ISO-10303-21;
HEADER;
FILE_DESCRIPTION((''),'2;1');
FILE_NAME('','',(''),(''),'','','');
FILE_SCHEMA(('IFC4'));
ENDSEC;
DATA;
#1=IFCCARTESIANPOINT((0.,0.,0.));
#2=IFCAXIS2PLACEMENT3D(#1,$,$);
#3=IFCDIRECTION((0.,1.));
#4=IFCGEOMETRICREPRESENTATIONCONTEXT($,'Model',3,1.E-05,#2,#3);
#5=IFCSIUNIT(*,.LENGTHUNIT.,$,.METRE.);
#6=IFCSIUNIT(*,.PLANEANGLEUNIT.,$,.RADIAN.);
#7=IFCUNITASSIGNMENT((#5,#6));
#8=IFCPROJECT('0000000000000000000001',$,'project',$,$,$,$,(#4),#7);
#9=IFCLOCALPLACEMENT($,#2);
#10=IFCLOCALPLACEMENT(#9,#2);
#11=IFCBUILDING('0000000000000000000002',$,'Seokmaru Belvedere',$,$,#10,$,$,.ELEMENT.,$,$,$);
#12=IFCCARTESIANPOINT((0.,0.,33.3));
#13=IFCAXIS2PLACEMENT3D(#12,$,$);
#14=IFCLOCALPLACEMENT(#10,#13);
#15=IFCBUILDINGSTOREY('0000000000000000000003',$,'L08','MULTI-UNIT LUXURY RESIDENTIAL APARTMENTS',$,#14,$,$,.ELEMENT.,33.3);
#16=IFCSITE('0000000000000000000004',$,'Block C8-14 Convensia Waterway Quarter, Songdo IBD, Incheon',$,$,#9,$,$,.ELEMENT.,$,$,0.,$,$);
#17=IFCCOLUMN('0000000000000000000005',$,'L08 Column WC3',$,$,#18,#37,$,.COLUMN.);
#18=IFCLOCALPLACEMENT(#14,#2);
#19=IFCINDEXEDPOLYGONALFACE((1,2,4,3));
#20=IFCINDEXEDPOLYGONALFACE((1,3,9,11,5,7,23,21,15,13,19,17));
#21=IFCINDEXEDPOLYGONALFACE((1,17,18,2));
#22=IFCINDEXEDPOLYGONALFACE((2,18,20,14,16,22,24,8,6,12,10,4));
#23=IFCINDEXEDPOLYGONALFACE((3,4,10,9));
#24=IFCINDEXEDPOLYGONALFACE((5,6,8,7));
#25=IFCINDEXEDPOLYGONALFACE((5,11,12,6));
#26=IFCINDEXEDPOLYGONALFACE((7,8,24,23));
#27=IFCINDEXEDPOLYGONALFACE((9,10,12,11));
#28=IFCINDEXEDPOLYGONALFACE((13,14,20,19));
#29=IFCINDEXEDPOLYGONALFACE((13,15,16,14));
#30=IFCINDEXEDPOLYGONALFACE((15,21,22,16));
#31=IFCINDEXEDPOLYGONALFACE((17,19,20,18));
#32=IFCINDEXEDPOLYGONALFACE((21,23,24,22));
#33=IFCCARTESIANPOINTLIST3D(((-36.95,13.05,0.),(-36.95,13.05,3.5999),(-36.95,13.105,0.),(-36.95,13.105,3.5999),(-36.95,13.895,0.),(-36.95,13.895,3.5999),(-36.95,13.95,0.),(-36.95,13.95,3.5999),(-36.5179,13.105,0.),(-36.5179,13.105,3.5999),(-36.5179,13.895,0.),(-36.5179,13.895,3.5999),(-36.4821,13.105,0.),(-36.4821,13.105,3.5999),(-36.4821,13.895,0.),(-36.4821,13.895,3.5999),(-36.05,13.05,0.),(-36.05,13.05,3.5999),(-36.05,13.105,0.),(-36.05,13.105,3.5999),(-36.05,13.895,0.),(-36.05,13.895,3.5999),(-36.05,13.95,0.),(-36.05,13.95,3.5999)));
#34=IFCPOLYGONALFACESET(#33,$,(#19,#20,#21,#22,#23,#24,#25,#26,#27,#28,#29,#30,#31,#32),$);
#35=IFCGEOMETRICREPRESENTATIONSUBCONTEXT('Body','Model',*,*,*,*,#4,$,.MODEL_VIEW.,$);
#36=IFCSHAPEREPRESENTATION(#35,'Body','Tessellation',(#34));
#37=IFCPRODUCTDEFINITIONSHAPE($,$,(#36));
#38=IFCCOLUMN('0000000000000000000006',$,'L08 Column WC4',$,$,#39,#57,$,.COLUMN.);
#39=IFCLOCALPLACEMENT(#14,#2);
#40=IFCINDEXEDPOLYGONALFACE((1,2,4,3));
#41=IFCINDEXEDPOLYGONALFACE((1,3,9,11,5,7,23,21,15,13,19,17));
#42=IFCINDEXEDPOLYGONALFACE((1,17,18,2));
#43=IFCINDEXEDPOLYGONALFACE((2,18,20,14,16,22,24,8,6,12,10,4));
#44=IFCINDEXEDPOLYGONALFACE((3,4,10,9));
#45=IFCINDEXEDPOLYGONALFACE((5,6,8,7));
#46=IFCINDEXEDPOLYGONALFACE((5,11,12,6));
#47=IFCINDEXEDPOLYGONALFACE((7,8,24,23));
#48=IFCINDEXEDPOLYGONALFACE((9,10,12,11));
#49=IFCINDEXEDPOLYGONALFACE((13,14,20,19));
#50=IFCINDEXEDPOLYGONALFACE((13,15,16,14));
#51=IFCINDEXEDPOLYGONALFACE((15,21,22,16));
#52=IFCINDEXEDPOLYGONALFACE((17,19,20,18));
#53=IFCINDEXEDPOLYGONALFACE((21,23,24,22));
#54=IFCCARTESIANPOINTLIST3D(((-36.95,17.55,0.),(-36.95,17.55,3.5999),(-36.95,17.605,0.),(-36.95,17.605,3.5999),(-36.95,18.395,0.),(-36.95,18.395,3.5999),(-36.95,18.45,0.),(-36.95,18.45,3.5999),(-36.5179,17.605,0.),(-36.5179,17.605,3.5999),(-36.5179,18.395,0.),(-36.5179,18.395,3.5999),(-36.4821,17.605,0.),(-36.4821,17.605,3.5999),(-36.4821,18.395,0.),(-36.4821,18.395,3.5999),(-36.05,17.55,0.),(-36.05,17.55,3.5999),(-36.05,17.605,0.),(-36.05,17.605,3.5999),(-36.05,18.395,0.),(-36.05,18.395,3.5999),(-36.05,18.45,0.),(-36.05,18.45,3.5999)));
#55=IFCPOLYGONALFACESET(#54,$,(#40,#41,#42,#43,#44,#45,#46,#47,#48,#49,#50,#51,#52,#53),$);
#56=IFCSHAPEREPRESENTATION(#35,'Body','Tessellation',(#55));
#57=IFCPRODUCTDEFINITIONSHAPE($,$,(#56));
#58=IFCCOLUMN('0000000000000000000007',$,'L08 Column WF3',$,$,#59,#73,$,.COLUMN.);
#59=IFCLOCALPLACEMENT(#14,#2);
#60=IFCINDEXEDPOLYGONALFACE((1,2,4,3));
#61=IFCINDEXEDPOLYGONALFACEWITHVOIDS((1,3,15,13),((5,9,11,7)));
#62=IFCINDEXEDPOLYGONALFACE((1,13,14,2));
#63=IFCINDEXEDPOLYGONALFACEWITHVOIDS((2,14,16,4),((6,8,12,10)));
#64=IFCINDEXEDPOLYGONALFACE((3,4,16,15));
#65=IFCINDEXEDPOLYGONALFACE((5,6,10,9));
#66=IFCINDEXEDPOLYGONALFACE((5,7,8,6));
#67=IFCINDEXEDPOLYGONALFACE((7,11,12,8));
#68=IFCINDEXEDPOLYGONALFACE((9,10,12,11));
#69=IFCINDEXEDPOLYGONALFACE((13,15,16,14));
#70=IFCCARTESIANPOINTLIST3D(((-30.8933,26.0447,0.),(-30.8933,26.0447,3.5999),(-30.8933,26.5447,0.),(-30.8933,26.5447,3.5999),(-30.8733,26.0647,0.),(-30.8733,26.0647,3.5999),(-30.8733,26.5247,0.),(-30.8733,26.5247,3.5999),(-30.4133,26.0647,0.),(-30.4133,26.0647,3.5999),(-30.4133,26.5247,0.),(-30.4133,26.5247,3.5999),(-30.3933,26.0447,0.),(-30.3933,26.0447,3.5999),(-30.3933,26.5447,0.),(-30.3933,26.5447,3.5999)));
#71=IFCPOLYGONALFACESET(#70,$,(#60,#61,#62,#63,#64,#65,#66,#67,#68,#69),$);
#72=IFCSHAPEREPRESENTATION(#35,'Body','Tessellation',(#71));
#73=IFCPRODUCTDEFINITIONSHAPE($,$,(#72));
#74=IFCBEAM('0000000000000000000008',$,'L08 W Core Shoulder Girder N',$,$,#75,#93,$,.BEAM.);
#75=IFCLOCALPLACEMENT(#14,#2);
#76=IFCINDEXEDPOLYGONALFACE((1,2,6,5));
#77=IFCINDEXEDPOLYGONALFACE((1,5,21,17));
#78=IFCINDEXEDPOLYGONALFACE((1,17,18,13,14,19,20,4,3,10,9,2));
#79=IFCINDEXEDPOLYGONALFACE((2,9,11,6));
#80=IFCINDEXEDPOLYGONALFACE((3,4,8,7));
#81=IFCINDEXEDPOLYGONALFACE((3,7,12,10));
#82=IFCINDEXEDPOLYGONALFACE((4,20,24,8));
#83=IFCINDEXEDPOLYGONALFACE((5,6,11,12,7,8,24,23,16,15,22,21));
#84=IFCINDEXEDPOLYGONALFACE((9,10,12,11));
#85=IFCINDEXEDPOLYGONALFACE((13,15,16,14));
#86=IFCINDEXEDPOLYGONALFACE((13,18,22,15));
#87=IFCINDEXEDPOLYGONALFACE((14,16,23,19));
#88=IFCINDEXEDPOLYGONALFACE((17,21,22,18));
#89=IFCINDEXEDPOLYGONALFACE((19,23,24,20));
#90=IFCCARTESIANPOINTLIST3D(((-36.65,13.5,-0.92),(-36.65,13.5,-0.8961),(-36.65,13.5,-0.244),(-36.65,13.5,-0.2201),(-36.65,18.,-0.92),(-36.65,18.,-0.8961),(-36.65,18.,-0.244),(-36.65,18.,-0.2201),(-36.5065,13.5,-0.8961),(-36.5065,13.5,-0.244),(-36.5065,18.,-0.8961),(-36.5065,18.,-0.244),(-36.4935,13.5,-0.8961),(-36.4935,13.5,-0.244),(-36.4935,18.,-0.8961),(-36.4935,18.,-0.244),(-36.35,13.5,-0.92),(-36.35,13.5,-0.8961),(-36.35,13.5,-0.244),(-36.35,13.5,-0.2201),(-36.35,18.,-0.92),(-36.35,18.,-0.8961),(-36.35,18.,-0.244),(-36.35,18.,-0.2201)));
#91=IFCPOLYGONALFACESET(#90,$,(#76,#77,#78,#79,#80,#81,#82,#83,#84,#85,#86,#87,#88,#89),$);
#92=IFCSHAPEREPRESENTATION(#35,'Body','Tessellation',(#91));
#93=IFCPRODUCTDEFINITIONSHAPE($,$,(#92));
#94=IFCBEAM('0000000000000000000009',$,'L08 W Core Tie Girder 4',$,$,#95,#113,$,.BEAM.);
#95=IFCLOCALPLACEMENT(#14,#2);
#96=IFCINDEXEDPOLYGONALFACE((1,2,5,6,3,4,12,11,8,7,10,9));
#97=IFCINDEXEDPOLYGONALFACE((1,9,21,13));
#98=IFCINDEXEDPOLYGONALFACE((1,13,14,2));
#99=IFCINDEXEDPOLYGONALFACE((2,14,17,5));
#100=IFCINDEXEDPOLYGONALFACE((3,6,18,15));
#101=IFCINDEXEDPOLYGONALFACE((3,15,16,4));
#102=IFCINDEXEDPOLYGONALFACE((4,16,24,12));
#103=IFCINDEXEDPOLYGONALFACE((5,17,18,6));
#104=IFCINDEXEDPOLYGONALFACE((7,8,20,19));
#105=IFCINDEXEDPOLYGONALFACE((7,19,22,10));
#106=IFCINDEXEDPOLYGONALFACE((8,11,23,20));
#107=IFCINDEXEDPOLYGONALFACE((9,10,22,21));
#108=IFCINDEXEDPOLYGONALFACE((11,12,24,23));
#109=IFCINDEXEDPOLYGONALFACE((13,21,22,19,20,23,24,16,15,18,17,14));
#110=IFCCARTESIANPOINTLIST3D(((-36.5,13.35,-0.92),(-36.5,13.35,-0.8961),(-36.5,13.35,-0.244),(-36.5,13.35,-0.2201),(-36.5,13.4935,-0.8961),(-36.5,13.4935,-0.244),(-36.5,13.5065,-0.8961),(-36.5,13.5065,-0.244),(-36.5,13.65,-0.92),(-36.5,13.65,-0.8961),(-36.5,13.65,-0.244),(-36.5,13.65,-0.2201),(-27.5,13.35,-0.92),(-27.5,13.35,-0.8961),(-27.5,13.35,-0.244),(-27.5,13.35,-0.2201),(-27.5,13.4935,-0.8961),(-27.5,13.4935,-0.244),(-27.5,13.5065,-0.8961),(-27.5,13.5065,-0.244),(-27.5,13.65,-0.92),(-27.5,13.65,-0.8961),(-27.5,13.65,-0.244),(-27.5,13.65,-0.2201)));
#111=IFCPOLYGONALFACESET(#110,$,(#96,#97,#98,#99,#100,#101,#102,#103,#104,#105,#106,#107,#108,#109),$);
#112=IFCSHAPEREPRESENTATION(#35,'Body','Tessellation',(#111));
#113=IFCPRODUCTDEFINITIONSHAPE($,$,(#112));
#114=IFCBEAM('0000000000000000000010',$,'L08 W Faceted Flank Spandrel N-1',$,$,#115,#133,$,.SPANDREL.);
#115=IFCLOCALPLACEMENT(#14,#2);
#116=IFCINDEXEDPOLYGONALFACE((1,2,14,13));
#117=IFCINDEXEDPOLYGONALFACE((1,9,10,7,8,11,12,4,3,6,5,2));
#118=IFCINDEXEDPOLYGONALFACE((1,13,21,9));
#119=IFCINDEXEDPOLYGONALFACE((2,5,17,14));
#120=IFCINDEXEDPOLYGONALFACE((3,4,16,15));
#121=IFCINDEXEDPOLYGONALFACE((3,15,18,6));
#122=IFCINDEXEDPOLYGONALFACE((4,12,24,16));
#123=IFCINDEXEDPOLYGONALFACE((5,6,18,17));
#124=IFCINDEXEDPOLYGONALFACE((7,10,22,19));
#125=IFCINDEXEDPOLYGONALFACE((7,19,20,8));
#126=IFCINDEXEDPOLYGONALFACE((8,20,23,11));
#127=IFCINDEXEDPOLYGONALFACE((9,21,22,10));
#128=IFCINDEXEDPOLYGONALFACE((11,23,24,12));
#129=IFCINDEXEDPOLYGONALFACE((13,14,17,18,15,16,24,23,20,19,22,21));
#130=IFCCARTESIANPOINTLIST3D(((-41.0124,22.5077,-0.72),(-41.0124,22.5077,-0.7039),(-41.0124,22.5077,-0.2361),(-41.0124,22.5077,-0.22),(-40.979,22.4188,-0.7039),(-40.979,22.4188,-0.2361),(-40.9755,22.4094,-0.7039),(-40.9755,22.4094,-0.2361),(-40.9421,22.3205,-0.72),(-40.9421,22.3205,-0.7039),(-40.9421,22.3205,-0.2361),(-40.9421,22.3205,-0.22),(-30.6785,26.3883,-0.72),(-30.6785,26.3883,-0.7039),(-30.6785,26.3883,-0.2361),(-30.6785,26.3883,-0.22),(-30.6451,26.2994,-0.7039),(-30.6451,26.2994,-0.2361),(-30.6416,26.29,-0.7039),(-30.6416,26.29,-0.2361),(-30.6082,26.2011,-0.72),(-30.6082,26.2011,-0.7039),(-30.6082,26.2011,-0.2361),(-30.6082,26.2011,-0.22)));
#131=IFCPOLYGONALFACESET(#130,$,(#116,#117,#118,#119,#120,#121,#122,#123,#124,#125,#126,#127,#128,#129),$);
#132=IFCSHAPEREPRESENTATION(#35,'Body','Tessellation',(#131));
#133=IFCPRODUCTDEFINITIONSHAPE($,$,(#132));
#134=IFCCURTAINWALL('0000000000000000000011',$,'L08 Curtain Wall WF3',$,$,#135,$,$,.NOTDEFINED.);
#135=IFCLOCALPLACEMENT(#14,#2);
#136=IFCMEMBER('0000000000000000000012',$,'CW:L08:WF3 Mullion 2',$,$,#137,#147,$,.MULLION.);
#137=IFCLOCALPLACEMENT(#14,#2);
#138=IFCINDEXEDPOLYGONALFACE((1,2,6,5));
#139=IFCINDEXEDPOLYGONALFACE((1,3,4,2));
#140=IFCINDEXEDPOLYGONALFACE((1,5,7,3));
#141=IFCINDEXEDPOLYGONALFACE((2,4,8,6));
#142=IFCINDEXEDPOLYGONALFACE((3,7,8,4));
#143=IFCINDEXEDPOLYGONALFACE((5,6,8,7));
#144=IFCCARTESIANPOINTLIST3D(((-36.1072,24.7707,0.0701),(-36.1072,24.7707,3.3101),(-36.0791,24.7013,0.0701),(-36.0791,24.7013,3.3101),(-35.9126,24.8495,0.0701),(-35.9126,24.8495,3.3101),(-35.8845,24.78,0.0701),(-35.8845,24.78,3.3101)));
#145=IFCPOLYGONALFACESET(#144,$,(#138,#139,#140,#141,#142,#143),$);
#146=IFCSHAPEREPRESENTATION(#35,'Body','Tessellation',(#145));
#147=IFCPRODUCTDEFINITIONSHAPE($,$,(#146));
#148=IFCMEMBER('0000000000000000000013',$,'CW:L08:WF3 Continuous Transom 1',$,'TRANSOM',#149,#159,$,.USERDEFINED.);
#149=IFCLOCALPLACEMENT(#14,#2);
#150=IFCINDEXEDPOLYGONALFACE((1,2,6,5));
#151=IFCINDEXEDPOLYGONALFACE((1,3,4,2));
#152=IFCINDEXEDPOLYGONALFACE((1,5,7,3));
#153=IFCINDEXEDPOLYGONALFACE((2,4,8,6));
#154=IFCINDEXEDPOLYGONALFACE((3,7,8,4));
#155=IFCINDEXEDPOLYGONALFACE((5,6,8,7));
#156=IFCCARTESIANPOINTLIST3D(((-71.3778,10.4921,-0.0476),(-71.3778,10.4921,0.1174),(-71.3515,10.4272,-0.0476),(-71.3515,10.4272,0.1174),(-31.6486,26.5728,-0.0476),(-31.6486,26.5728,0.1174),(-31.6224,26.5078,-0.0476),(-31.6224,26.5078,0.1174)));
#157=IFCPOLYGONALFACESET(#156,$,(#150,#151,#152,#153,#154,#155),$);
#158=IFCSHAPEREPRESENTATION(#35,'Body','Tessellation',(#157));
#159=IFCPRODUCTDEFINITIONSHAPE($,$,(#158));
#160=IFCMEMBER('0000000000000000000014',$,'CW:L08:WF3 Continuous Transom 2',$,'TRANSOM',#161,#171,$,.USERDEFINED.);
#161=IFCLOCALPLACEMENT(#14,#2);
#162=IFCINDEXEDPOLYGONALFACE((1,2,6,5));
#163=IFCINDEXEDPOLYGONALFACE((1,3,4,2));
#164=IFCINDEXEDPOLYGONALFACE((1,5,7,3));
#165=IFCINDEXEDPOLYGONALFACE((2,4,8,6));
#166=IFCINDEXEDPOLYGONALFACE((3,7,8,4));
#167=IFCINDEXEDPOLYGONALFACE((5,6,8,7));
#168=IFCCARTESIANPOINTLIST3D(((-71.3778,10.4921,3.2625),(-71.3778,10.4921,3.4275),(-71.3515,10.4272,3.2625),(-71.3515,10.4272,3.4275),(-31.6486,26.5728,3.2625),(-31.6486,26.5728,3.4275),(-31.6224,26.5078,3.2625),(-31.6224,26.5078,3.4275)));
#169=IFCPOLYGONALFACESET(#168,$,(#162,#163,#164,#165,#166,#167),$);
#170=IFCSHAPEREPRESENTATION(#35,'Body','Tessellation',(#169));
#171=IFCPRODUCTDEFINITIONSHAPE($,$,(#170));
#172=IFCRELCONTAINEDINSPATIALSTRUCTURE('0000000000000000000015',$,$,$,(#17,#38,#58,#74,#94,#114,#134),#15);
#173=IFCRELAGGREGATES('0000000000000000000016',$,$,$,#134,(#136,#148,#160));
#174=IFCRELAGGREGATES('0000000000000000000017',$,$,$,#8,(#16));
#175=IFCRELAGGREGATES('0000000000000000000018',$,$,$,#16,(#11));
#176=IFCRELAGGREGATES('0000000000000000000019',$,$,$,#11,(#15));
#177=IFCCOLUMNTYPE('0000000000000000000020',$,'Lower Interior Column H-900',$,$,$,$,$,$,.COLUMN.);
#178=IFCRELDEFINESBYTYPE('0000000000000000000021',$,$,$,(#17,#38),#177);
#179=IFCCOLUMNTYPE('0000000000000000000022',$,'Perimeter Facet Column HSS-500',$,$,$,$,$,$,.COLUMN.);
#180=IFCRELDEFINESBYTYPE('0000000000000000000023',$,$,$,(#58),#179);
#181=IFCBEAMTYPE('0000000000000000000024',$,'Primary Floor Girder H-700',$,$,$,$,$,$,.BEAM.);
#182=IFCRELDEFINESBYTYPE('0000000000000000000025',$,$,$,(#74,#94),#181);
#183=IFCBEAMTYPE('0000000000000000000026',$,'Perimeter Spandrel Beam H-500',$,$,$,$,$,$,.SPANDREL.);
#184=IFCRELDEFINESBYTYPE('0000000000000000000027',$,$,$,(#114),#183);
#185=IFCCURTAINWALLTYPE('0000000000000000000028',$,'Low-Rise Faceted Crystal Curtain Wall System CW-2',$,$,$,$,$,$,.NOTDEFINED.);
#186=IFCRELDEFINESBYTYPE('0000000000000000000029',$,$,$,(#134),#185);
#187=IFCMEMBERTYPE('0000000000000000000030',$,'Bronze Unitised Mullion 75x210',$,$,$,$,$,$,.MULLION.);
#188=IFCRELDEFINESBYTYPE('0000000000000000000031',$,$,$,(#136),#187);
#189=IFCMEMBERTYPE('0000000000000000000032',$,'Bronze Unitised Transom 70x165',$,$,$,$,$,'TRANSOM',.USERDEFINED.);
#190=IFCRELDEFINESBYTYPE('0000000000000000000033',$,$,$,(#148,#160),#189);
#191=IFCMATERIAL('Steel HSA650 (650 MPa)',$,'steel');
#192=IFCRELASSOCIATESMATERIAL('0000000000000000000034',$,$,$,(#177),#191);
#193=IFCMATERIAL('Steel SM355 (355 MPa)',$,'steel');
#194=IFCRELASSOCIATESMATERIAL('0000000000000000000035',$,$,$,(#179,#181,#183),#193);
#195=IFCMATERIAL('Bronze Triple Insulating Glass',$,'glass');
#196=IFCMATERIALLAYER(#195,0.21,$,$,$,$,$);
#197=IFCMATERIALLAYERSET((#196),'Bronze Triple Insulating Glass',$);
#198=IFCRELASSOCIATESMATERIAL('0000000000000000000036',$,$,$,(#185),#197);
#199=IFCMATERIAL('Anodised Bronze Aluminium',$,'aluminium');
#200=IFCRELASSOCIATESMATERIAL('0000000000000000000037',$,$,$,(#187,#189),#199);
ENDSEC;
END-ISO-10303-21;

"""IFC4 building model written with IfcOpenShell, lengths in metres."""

from ifc_helpers import new_model, si_unit, direction, frame, origin, origin_2d, place, context, subcontext, project, spatial, rectangle, hollow_rectangle, i_section, extrude, source, transform, mapped, material, layer, layer_set, material_profile, profile_set, type_object, type_shapes, element, aggregate, save


model = new_model("IFC4")

# Units and contexts
model_context = context("Model", 3, precision=1e-05, world=origin(), true_north=direction((0.0, 1.0)))
body_context = subcontext(model_context, "Body", "Model", "MODEL_VIEW")
ifc_project = project(units=[si_unit("LENGTHUNIT", "METRE"), si_unit("PLANEANGLEUNIT", "RADIAN")], contexts=[model_context])

# Site, building, storey
site_placement = place(None, origin())
site = spatial("IfcSite", under=ifc_project, at=site_placement, Name="Block C8-14 Convensia Waterway Quarter, Songdo IBD, Incheon", CompositionType="ELEMENT", RefElevation=0.0)
building_placement = place(site_placement, origin())
building = spatial("IfcBuilding", under=site, at=building_placement, Name="Seokmaru Belvedere", CompositionType="ELEMENT")
storey_placement = place(building_placement, frame((0.0, 0.0, 33.3)))
storey = spatial("IfcBuildingStorey", under=building, at=storey_placement, Name="L08", Description="MULTI-UNIT LUXURY RESIDENTIAL APARTMENTS", CompositionType="ELEMENT", Elevation=33.3)

# Columns
ifc_material_1 = material(Name="Steel HSA650 (650 MPa)", Category="steel")
ifc_material_profile_1 = material_profile(ifc_material_1, i_section(OverallWidth=0.8999, OverallDepth=0.8999, WebThickness=0.0359, FlangeThickness=0.0549, at=origin_2d()), Name="H-900x900x36x55")
ifc_profile_set_1 = profile_set([ifc_material_profile_1], Name="Steel HSA650 (650 MPa)")
column_type_1 = type_object("IfcColumnType", Name="Lower Interior Column H-900", PredefinedType="COLUMN", material=ifc_profile_set_1)
shared_shape_1 = source(origin(), body_context, "Body", "SweptSolid", [
    extrude(i_section(OverallWidth=0.8999, OverallDepth=0.8999, WebThickness=0.0359, FlangeThickness=0.0549, at=origin_2d()), origin(), (0.0, 0.0, 1.0), 3.5999),
])
type_shapes(column_type_1, [shared_shape_1])
for number, where, z_axis, x_axis, name in (
    (1, (-36.5, 13.5, 0.0), (0.0, 0.0, 1.0), (1.0, 0.0, 0.0), "L08 Column WC3"),
    (2, (-36.5, 18.0, 0.0), (0.0, 0.0, 1.0), (1.0, 0.0, 0.0), "L08 Column WC4"),
):
    element("IfcColumn", number, at=place(storey_placement, frame(where, z_axis=z_axis, x_axis=x_axis)), inside=storey, type_object=column_type_1, Name=name, PredefinedType="COLUMN", context=body_context, shape_type="MappedRepresentation", body=[
        mapped(shared_shape_1, transform((0.0, 0.0, 0.0), scale=1.0)),
    ])
ifc_material_2 = material(Name="Steel SM355 (355 MPa)", Category="steel")
ifc_material_profile_2 = material_profile(ifc_material_2, hollow_rectangle(XDim=0.5, YDim=0.5, WallThickness=0.02, at=origin_2d()), Name="HSS-500x500x20")
ifc_profile_set_2 = profile_set([ifc_material_profile_2], Name="Steel SM355 (355 MPa)")
column_type_2 = type_object("IfcColumnType", Name="Perimeter Facet Column HSS-500", PredefinedType="COLUMN", material=ifc_profile_set_2)
shared_shape_2 = source(origin(), body_context, "Body", "SweptSolid", [
    extrude(hollow_rectangle(XDim=0.5, YDim=0.5, WallThickness=0.02, at=origin_2d()), origin(), (0.0, 0.0, 1.0), 3.5999),
])
type_shapes(column_type_2, [shared_shape_2])
column_placement = place(storey_placement, frame((-30.6433, 26.2947, 0.0), z_axis=(0.0, 0.0, 1.0), x_axis=(1.0, 0.0, 0.0)))
element("IfcColumn", 3, at=column_placement, inside=storey, type_object=column_type_2, Name="L08 Column WF3", PredefinedType="COLUMN", context=body_context, shape_type="MappedRepresentation", body=[
    mapped(shared_shape_2, transform((0.0, 0.0, 0.0), scale=1.0)),
])

# Beams
ifc_material_profile_3 = material_profile(ifc_material_2, i_section(OverallWidth=0.3, OverallDepth=0.7, WebThickness=0.0129, FlangeThickness=0.0239, at=origin_2d()), Name="H-700x300x13x24")
ifc_profile_set_3 = profile_set([ifc_material_profile_3], Name="Steel SM355 (355 MPa)")
beam_type_1 = type_object("IfcBeamType", Name="Primary Floor Girder H-700", PredefinedType="BEAM", material=ifc_profile_set_3)
shared_shape_3 = source(origin(), body_context, "Body", "SweptSolid", [
    extrude(i_section(OverallWidth=0.3, OverallDepth=0.7, WebThickness=0.0129, FlangeThickness=0.0239, at=origin_2d()), origin(), (0.0, 0.0, 1.0), 4.5),
])
beam_1_placement = place(storey_placement, frame((-36.5, 13.5, -0.5701), z_axis=(0.0, 1.0, 0.0), x_axis=(-1.0, 0.0, 0.0)))
element("IfcBeam", 4, at=beam_1_placement, inside=storey, type_object=beam_type_1, Name="L08 W Core Shoulder Girder N", PredefinedType="BEAM", context=body_context, shape_type="MappedRepresentation", body=[
    mapped(shared_shape_3, transform((0.0, 0.0, 0.0), scale=1.0)),
])
shared_shape_4 = source(origin(), body_context, "Body", "SweptSolid", [
    extrude(i_section(OverallWidth=0.3, OverallDepth=0.7, WebThickness=0.0129, FlangeThickness=0.0239, at=origin_2d()), origin(), (0.0, 0.0, 1.0), 9.0),
])
type_shapes(beam_type_1, [shared_shape_3, shared_shape_4])
beam_2_placement = place(storey_placement, frame((-36.5, 13.5, -0.5701), z_axis=(1.0, 0.0, 0.0), x_axis=(0.0, 1.0, 0.0)))
element("IfcBeam", 5, at=beam_2_placement, inside=storey, type_object=beam_type_1, Name="L08 W Core Tie Girder 4", PredefinedType="BEAM", context=body_context, shape_type="MappedRepresentation", body=[
    mapped(shared_shape_4, transform((0.0, 0.0, 0.0), scale=1.0)),
])
ifc_material_profile_4 = material_profile(ifc_material_2, i_section(OverallWidth=0.2, OverallDepth=0.5, WebThickness=0.01, FlangeThickness=0.0161, at=origin_2d()), Name="H-500x200x10x16")
ifc_profile_set_4 = profile_set([ifc_material_profile_4], Name="Steel SM355 (355 MPa)")
beam_type_2 = type_object("IfcBeamType", Name="Perimeter Spandrel Beam H-500", PredefinedType="SPANDREL", material=ifc_profile_set_4)
shared_shape_5 = source(origin(), body_context, "Body", "SweptSolid", [
    extrude(i_section(OverallWidth=0.2, OverallDepth=0.5, WebThickness=0.01, FlangeThickness=0.0161, at=origin_2d()), origin(), (0.0, 0.0, 1.0), 11.0386),
])
type_shapes(beam_type_2, [shared_shape_5])
beam_3_placement = place(storey_placement, frame((-30.6433, 26.2947, -0.47), z_axis=(-0.936169, -0.35155, 0.0), x_axis=(0.35155, -0.936169, 0.0)))
element("IfcBeam", 6, at=beam_3_placement, inside=storey, type_object=beam_type_2, Name="L08 W Faceted Flank Spandrel N-1", PredefinedType="SPANDREL", context=body_context, shape_type="MappedRepresentation", body=[
    mapped(shared_shape_5, transform((0.0, 0.0, 0.0), scale=1.0)),
])

# Curtain wall, members
ifc_material_3 = material(Name="Bronze Triple Insulating Glass", Category="glass")
ifc_layer_1 = layer(ifc_material_3, 0.21)
ifc_layer_set_1 = layer_set([ifc_layer_1], Name="Bronze Triple Insulating Glass")
curtain_wall_type = type_object("IfcCurtainWallType", Name="Low-Rise Faceted Crystal Curtain Wall System CW-2", PredefinedType="NOTDEFINED", material=ifc_layer_set_1)
curtain_wall_placement = place(storey_placement, origin())
curtain_wall = element("IfcCurtainWall", 7, at=curtain_wall_placement, inside=storey, type_object=curtain_wall_type, Name="L08 Curtain Wall WF3", PredefinedType="NOTDEFINED")
ifc_material_4 = material(Name="Anodised Bronze Aluminium", Category="aluminium")
ifc_material_profile_5 = material_profile(ifc_material_4, rectangle(XDim=0.075, YDim=0.21, at=origin_2d()), Name="CW-M-75x210")
ifc_profile_set_5 = profile_set([ifc_material_profile_5], Name="Anodised Bronze Aluminium")
member_type_1 = type_object("IfcMemberType", Name="Bronze Unitised Mullion 75x210", PredefinedType="MULLION", material=ifc_profile_set_5)
shared_shape_6 = source(origin(), body_context, "Body", "SweptSolid", [
    extrude(rectangle(XDim=0.075, YDim=0.21, at=origin_2d()), origin(), (0.0, 0.0, 1.0), 3.24),
])
member_1_placement = place(storey_placement, frame((-35.9958, 24.7754, 0.0701), z_axis=(0.0, 0.0, 1.0), x_axis=(0.375192, -0.926947, 0.0)))
member_1 = element("IfcMember", 8, at=member_1_placement, type_object=member_type_1, Name="CW:L08:WF3 Mullion 2", PredefinedType="MULLION", context=body_context, shape_type="MappedRepresentation", body=[
    mapped(shared_shape_6, transform((0.0, 0.0, 0.0), scale=1.0)),
])
ifc_material_profile_6 = material_profile(ifc_material_4, rectangle(XDim=0.0701, YDim=0.165, at=origin_2d()), Name="CW-T-70x165")
ifc_profile_set_6 = profile_set([ifc_material_profile_6], Name="Anodised Bronze Aluminium")
member_type_2 = type_object("IfcMemberType", Name="Bronze Unitised Transom 70x165", ElementType="TRANSOM", PredefinedType="USERDEFINED", material=ifc_profile_set_6)
shared_shape_7 = source(origin(), body_context, "Body", "SweptSolid", [
    extrude(rectangle(XDim=0.0701, YDim=0.165, at=origin_2d()), origin(), (0.0, 0.0, 1.0), 42.8601),
])
type_shapes(member_type_2, [shared_shape_7])
member_2_placement = place(storey_placement, frame((-31.6355, 26.5403, 0.0349), z_axis=(-0.926949, -0.375188, 0.0), x_axis=(0.375188, -0.926949, 0.0)))
member_2 = element("IfcMember", 9, at=member_2_placement, type_object=member_type_2, Name="CW:L08:WF3 Continuous Transom 1", ObjectType="TRANSOM", PredefinedType="USERDEFINED", context=body_context, shape_type="MappedRepresentation", body=[
    mapped(shared_shape_7, transform((0.0, 0.0, 0.0), scale=1.0)),
])
member_3_placement = place(storey_placement, frame((-31.6355, 26.5403, 3.345), z_axis=(-0.926949, -0.375188, 0.0), x_axis=(0.375188, -0.926949, 0.0)))
member_3 = element("IfcMember", 10, at=member_3_placement, type_object=member_type_2, Name="CW:L08:WF3 Continuous Transom 2", ObjectType="TRANSOM", PredefinedType="USERDEFINED", context=body_context, shape_type="MappedRepresentation", body=[
    mapped(shared_shape_7, transform((0.0, 0.0, 0.0), scale=1.0)),
])
aggregate(curtain_wall, [member_1, member_2, member_3])

save(model, "model.ifc")
